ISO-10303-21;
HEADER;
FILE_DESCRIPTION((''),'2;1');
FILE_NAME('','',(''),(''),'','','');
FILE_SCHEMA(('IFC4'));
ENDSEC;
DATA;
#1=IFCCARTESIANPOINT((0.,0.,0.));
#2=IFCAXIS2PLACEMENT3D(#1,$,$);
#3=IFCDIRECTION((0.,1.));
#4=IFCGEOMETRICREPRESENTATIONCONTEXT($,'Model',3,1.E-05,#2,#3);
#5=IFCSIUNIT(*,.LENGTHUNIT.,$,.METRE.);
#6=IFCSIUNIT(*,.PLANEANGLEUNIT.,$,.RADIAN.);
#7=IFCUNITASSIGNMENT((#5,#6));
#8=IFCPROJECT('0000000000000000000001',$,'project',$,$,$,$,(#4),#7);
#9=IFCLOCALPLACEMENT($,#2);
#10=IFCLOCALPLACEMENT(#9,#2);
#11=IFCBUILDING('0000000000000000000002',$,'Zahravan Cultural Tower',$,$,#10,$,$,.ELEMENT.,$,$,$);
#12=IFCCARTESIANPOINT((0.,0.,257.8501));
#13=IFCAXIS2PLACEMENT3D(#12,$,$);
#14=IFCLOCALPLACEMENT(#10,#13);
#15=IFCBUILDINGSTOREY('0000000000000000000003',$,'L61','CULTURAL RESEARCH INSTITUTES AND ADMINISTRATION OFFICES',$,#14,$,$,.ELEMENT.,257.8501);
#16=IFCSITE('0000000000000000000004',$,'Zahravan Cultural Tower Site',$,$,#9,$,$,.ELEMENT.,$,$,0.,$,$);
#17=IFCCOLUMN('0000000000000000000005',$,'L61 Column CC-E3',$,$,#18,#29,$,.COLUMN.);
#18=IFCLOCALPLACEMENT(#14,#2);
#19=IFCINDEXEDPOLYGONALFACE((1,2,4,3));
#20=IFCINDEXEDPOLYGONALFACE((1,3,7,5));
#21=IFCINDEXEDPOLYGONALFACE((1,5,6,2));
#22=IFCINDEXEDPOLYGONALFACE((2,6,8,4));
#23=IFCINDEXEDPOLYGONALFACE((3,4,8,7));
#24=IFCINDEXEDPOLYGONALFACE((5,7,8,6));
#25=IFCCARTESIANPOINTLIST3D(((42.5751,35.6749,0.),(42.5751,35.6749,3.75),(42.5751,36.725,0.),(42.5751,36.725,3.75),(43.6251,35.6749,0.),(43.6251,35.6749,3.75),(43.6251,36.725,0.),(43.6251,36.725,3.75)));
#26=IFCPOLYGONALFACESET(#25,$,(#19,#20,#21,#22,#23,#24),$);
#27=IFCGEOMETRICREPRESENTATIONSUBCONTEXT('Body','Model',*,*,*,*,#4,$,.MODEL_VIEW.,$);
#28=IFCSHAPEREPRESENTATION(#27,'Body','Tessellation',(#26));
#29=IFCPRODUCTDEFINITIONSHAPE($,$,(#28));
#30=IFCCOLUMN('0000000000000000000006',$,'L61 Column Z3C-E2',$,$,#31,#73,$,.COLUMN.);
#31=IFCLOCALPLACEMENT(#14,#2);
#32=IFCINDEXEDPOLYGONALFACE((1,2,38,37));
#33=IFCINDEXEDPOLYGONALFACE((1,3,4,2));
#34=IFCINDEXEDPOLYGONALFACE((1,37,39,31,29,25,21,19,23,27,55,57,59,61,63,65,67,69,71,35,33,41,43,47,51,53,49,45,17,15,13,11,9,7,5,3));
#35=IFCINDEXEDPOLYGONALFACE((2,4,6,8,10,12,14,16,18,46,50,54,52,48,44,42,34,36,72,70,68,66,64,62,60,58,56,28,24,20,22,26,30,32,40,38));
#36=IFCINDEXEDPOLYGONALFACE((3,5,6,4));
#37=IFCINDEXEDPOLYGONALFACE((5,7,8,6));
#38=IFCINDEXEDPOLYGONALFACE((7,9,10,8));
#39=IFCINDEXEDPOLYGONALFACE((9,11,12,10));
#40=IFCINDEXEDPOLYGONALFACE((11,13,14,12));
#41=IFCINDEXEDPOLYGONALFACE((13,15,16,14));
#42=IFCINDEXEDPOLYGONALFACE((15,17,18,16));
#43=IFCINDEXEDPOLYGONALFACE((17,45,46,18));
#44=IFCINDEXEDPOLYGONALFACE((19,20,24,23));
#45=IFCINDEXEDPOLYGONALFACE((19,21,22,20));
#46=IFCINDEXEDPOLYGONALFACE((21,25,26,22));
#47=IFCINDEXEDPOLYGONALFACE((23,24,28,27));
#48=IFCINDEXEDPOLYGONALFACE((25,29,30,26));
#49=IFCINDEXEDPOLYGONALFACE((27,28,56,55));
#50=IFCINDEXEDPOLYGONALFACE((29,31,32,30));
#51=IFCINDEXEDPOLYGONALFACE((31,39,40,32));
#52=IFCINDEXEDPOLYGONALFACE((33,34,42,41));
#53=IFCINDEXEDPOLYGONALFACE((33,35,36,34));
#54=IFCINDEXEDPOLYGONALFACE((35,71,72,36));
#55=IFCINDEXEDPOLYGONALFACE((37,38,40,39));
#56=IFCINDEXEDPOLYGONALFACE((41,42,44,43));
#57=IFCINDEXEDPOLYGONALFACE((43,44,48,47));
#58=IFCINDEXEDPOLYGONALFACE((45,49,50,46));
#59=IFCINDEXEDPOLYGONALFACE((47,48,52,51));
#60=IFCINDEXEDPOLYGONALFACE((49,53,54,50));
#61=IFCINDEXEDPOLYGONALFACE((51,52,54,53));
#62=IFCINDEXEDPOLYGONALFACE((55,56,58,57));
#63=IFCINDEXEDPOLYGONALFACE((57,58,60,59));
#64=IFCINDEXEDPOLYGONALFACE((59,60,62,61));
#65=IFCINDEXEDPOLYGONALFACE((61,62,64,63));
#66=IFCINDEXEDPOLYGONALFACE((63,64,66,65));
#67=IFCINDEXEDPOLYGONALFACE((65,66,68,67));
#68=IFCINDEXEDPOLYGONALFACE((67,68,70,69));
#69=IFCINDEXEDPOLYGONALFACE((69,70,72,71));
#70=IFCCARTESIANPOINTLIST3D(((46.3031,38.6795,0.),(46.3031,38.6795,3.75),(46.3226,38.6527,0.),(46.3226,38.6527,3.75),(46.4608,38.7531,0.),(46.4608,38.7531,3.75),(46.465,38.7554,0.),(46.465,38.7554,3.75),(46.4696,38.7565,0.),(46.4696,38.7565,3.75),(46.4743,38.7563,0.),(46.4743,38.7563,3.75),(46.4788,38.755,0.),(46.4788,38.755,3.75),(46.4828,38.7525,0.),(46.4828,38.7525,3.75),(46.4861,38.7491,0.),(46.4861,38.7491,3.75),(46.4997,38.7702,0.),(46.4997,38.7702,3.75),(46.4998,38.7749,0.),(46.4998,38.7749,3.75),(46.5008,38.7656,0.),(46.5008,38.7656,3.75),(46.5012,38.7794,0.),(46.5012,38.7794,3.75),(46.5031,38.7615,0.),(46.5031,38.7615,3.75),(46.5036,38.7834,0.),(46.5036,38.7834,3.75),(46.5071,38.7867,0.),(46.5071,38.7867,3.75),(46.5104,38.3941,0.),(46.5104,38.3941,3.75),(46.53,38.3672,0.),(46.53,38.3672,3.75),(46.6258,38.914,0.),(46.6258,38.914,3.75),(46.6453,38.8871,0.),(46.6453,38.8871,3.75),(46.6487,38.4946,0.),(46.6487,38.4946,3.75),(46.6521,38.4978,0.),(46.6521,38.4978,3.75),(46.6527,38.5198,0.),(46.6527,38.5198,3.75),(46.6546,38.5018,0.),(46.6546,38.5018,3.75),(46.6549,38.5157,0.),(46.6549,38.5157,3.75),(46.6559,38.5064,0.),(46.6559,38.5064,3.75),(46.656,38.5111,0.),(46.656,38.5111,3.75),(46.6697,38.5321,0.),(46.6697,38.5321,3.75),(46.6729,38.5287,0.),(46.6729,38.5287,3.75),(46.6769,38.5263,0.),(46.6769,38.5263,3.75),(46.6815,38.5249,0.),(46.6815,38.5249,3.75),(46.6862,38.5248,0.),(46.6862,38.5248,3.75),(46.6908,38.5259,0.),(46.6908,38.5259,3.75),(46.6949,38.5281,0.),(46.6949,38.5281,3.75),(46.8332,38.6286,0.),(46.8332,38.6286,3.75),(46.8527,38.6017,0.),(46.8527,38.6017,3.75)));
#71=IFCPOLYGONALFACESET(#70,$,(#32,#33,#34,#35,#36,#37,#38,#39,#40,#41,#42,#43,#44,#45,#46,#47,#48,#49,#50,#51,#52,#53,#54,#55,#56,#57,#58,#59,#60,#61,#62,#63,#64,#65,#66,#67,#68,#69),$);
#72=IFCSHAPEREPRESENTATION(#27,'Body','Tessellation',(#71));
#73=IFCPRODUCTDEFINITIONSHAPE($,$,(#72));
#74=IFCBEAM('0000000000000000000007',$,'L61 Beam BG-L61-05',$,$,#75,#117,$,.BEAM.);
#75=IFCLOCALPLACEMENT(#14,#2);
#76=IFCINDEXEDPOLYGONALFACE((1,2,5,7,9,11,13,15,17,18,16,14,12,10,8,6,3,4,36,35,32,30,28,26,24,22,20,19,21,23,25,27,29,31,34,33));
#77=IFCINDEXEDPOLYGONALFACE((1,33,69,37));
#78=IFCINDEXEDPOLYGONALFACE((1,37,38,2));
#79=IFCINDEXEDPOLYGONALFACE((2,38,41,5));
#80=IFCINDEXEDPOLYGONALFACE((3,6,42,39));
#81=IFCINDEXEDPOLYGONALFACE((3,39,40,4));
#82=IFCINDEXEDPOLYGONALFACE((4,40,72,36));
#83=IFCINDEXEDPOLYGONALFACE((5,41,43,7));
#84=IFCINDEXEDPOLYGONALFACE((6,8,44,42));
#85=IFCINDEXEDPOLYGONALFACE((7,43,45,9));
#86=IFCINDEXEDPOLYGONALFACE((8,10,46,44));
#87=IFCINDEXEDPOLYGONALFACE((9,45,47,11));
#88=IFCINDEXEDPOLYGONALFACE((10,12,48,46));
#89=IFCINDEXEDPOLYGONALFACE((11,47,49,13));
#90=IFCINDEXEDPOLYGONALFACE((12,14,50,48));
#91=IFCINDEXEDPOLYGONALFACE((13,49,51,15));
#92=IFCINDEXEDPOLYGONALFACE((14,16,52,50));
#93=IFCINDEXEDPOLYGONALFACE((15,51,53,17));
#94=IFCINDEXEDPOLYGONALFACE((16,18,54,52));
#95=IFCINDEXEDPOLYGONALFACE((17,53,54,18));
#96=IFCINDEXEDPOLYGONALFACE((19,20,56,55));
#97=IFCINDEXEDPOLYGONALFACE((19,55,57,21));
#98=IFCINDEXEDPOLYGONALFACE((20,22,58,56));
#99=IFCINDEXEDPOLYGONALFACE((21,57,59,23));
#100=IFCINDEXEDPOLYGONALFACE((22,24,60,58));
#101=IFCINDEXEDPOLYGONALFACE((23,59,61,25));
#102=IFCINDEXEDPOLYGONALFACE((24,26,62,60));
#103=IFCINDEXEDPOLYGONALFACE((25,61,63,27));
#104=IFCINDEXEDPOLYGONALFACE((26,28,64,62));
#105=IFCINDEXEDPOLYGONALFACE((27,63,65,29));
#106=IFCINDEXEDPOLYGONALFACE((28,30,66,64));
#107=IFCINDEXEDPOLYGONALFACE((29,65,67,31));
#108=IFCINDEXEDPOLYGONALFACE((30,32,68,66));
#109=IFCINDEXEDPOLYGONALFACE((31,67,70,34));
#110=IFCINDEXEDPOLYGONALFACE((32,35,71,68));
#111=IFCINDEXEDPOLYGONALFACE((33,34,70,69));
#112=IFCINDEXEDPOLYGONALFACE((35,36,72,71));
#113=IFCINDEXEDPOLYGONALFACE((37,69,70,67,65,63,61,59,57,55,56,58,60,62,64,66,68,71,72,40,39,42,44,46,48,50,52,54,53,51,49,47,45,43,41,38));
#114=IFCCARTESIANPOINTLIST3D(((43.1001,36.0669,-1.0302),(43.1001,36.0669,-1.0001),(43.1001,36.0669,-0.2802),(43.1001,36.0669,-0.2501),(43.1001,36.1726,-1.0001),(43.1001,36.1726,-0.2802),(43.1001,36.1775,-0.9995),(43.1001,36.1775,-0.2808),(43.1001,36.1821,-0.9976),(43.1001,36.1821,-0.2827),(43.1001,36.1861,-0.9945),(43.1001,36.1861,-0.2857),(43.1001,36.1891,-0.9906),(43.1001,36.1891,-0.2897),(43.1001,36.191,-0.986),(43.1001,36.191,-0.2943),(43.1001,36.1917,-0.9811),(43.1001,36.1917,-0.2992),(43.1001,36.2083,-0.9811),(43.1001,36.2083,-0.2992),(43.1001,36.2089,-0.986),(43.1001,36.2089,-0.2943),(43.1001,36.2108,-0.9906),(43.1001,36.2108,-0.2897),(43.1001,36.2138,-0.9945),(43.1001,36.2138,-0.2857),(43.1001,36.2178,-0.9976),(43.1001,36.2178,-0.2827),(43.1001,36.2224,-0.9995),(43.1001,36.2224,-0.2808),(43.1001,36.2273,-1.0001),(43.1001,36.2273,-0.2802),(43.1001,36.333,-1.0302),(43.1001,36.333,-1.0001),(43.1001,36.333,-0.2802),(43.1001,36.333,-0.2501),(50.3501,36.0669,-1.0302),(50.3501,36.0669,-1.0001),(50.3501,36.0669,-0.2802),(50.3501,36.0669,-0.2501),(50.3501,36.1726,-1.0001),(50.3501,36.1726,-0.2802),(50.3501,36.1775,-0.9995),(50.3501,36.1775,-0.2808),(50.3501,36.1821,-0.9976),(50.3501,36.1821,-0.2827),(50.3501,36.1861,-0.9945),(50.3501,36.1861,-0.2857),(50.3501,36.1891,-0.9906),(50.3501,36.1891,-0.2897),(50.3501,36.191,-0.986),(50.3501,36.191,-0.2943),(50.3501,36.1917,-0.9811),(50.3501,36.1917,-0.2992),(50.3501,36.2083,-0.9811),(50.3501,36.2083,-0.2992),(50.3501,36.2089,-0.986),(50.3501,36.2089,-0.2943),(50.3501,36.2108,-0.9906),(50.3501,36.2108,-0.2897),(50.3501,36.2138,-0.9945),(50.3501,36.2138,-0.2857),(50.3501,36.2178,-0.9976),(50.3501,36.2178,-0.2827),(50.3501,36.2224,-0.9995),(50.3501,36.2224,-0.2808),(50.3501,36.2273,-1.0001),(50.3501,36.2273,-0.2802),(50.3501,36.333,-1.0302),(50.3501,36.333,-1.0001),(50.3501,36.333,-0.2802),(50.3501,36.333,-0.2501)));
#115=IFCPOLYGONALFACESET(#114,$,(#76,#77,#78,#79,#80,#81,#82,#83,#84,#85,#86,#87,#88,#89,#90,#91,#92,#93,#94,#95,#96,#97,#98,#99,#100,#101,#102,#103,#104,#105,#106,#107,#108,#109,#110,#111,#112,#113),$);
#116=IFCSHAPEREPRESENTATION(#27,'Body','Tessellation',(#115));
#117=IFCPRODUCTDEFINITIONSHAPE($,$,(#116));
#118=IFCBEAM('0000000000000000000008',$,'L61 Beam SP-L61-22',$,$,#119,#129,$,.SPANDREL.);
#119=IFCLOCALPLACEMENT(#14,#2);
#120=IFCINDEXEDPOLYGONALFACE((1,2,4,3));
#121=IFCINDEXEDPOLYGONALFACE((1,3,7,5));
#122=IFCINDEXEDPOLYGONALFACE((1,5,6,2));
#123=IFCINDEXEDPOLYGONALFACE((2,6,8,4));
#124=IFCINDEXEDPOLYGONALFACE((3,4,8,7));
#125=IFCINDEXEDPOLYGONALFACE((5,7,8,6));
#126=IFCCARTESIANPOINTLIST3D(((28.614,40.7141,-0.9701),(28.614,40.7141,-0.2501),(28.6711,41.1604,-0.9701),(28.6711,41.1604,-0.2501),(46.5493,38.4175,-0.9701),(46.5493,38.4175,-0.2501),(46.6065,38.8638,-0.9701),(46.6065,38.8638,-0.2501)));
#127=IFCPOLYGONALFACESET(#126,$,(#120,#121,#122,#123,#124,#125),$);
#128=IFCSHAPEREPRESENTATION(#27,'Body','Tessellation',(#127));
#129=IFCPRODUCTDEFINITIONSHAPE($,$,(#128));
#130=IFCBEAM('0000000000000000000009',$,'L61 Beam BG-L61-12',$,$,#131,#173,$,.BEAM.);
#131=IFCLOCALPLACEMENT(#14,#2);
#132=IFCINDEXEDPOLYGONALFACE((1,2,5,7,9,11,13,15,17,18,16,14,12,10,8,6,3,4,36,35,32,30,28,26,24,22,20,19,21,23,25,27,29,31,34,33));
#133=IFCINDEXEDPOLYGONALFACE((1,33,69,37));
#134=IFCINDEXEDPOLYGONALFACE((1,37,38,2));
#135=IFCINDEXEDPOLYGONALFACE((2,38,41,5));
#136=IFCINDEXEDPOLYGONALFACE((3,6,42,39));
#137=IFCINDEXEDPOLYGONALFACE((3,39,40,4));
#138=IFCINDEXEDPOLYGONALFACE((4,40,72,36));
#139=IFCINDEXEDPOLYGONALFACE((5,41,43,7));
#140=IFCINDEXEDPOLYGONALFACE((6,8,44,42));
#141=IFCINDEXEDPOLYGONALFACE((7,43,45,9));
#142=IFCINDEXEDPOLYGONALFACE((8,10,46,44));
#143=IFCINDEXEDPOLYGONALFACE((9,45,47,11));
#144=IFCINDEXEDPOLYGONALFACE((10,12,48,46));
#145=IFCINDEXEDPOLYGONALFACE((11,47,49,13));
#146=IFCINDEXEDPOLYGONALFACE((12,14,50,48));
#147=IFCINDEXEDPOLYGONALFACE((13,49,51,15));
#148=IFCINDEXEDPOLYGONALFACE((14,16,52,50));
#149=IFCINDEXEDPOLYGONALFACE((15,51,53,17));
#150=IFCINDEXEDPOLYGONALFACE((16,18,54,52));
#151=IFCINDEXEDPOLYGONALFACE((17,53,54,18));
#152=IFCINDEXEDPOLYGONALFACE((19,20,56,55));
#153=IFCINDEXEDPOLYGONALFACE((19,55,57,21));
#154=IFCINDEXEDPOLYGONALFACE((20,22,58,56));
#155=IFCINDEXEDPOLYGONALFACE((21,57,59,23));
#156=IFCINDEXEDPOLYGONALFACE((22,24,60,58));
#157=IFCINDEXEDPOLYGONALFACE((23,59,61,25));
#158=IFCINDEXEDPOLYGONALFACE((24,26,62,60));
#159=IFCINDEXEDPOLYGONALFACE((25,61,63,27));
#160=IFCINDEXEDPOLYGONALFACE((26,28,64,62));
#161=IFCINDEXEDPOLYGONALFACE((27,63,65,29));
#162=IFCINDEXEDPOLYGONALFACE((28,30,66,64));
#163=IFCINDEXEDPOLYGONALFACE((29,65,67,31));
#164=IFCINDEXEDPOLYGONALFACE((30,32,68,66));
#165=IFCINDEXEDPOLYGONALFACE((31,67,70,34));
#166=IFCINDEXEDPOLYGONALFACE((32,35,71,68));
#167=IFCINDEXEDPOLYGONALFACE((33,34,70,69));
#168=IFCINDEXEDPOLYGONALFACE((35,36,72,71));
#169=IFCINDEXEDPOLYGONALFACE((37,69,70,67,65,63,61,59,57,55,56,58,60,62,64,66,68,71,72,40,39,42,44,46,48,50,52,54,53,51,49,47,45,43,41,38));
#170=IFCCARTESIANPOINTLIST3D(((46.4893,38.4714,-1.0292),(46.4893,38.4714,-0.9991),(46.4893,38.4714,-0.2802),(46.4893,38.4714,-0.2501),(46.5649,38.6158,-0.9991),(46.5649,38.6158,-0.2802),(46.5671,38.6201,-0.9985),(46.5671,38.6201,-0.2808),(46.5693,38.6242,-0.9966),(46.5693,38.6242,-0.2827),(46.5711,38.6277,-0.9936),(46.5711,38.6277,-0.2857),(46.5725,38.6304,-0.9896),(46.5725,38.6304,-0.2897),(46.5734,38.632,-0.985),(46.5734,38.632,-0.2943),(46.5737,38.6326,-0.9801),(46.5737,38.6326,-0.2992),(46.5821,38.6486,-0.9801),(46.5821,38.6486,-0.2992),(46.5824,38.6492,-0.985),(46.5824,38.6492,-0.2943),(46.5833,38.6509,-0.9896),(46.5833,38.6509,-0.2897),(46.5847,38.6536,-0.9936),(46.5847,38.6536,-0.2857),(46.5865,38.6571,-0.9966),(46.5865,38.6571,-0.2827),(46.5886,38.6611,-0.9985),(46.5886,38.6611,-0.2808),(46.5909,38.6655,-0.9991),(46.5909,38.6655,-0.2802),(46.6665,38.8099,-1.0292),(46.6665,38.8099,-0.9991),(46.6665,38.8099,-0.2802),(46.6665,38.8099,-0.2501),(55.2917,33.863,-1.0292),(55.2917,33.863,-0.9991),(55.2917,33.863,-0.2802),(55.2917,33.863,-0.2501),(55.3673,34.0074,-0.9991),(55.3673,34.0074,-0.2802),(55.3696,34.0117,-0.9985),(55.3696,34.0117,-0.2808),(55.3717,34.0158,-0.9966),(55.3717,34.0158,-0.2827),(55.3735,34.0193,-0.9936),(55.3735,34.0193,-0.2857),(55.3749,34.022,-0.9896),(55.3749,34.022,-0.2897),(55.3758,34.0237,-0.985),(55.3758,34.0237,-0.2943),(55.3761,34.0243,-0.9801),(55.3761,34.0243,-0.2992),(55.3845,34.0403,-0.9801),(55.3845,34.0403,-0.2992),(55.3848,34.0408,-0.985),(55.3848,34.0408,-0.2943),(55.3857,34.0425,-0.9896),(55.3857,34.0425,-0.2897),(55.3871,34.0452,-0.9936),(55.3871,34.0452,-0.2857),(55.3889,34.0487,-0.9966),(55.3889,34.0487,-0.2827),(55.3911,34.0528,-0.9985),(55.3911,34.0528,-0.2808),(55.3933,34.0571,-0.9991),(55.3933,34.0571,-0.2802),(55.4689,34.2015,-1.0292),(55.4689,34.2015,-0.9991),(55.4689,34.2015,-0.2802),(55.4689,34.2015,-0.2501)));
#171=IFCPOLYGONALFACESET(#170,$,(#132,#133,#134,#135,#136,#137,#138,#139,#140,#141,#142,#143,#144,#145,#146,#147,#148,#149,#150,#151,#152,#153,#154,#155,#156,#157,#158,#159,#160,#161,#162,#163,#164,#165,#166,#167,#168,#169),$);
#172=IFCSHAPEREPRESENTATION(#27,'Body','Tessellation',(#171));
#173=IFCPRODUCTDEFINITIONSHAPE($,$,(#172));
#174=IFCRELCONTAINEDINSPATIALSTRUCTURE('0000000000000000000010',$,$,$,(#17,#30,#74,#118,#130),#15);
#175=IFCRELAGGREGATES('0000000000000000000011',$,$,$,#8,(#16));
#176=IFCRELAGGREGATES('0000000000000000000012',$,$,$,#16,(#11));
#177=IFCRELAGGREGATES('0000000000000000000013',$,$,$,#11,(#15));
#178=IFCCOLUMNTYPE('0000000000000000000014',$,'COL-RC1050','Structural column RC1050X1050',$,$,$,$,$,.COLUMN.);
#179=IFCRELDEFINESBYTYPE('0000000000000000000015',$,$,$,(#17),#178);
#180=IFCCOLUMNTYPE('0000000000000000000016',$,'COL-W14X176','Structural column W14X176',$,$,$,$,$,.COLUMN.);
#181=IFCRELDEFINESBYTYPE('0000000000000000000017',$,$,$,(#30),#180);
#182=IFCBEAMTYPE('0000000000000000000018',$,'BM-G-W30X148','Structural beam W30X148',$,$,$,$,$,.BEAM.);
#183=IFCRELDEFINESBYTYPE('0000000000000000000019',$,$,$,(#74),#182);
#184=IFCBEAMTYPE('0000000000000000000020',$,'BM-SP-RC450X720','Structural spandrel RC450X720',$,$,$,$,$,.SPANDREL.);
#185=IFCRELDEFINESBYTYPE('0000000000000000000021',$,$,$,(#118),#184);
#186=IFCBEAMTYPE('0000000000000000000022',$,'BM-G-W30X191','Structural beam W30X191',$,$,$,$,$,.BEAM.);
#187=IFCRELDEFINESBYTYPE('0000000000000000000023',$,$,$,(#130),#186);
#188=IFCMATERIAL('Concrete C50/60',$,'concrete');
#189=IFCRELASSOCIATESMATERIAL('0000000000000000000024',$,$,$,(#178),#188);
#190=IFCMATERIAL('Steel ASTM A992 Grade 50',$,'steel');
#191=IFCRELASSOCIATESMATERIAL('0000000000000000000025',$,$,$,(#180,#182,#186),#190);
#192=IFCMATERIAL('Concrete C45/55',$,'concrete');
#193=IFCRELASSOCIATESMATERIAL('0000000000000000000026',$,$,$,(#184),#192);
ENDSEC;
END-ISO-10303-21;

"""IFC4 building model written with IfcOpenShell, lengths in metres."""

from ifc_helpers import new_model, si_unit, direction, frame, origin, origin_2d, place, context, subcontext, project, spatial, rectangle, i_section, extrude, source, transform, mapped, material, material_profile, profile_set, type_object, element, save


model = new_model("IFC4")

# Units and contexts
model_context = context("Model", 3, precision=1e-05, world=origin(), true_north=direction((0.0, 1.0)))
body_context = subcontext(model_context, "Body", "Model", "MODEL_VIEW")
ifc_project = project(units=[si_unit("LENGTHUNIT", "METRE"), si_unit("PLANEANGLEUNIT", "RADIAN")], contexts=[model_context])

# Site, building, storey
site_placement = place(None, origin())
site = spatial("IfcSite", under=ifc_project, at=site_placement, Name="Zahravan Cultural Tower Site", CompositionType="ELEMENT", RefElevation=0.0)
building_placement = place(site_placement, origin())
building = spatial("IfcBuilding", under=site, at=building_placement, Name="Zahravan Cultural Tower", CompositionType="ELEMENT")
storey_placement = place(building_placement, frame((0.0, 0.0, 257.8501)))
storey = spatial("IfcBuildingStorey", under=building, at=storey_placement, Name="L61", Description="CULTURAL RESEARCH INSTITUTES AND ADMINISTRATION OFFICES", CompositionType="ELEMENT", Elevation=257.8501)

# Columns
ifc_material_1 = material(Name="Concrete C50/60", Category="concrete")
ifc_material_profile_1 = material_profile(ifc_material_1, rectangle(XDim=1.05, YDim=1.05, at=origin_2d()), Name="RC1050X1050")
ifc_profile_set_1 = profile_set([ifc_material_profile_1], Name="Concrete C50/60")
column_type_1 = type_object("IfcColumnType", Name="COL-RC1050", Description="Structural column RC1050X1050", PredefinedType="COLUMN", material=ifc_profile_set_1)
shared_shape_1 = source(origin(), body_context, "Body", "SweptSolid", [
    extrude(rectangle(XDim=1.05, YDim=1.05, at=origin_2d()), origin(), (0.0, 0.0, 1.0), 3.75),
])
column_1_placement = place(storey_placement, frame((43.1001, 36.2, 0.0), z_axis=(0.0, 0.0, 1.0), x_axis=(1.0, 0.0, 0.0)))
element("IfcColumn", 1, at=column_1_placement, inside=storey, type_object=column_type_1, Name="L61 Column CC-E3", PredefinedType="COLUMN", context=body_context, shape_type="MappedRepresentation", body=[
    mapped(shared_shape_1, transform((0.0, 0.0, 0.0), x_axis=(1.0, 0.0, 0.0), y_axis=(0.0, 1.0, 0.0), z_axis=(0.0, 0.0, 1.0), scale=1.0)),
])
ifc_material_2 = material(Name="Steel ASTM A992 Grade 50", Category="steel")
ifc_material_profile_2 = material_profile(ifc_material_2, i_section(OverallWidth=0.3989, OverallDepth=0.386, WebThickness=0.021, FlangeThickness=0.0332, FilletRadius=0.0181, at=origin_2d()), Name="W14X176")
ifc_profile_set_2 = profile_set([ifc_material_profile_2], Name="Steel ASTM A992 Grade 50")
column_type_2 = type_object("IfcColumnType", Name="COL-W14X176", Description="Structural column W14X176", PredefinedType="COLUMN", material=ifc_profile_set_2)
shared_shape_2 = source(origin(), body_context, "Body", "SweptSolid", [
    extrude(i_section(OverallWidth=0.3989, OverallDepth=0.386, WebThickness=0.021, FlangeThickness=0.0332, FilletRadius=0.0181, at=origin_2d()), origin(), (0.0, 0.0, 1.0), 3.75),
])
column_2_placement = place(storey_placement, frame((46.5779, 38.6406, 0.0), z_axis=(0.0, 0.0, 1.0), x_axis=(0.809017, 0.587785, 0.0)))
element("IfcColumn", 2, at=column_2_placement, inside=storey, type_object=column_type_2, Name="L61 Column Z3C-E2", PredefinedType="COLUMN", context=body_context, shape_type="MappedRepresentation", body=[
    mapped(shared_shape_2, transform((0.0, 0.0, 0.0), x_axis=(1.0, 0.0, 0.0), y_axis=(0.0, 1.0, 0.0), z_axis=(0.0, 0.0, 1.0), scale=1.0)),
])

# Beams
ifc_material_profile_3 = material_profile(ifc_material_2, i_section(OverallWidth=0.2661, OverallDepth=0.78, WebThickness=0.0166, FlangeThickness=0.03, FilletRadius=0.019, at=origin_2d()), Name="W30X148")
ifc_profile_set_3 = profile_set([ifc_material_profile_3], Name="Steel ASTM A992 Grade 50")
beam_type_1 = type_object("IfcBeamType", Name="BM-G-W30X148", Description="Structural beam W30X148", PredefinedType="BEAM", material=ifc_profile_set_3)
shared_shape_3 = source(origin(), body_context, "Body", "SweptSolid", [
    extrude(i_section(OverallWidth=0.2661, OverallDepth=0.78, WebThickness=0.0166, FlangeThickness=0.03, FilletRadius=0.019, at=origin_2d()), origin(), (0.0, 0.0, 1.0), 7.25),
])
beam_1_placement = place(storey_placement, frame((43.1001, 36.2, -0.6401), z_axis=(1.0, 0.0, 0.0), x_axis=(0.0, 1.0, 0.0)))
element("IfcBeam", 3, at=beam_1_placement, inside=storey, type_object=beam_type_1, Name="L61 Beam BG-L61-05", PredefinedType="BEAM", context=body_context, shape_type="MappedRepresentation", body=[
    mapped(shared_shape_3, transform((0.0, 0.0, 0.0), x_axis=(1.0, 0.0, 0.0), y_axis=(0.0, 1.0, 0.0), z_axis=(0.0, 0.0, 1.0), scale=1.0)),
])
ifc_material_3 = material(Name="Concrete C45/55", Category="concrete")
ifc_material_profile_4 = material_profile(ifc_material_3, rectangle(XDim=0.45, YDim=0.72, at=origin_2d()), Name="RC450X720")
ifc_profile_set_4 = profile_set([ifc_material_profile_4], Name="Concrete C45/55")
beam_type_2 = type_object("IfcBeamType", Name="BM-SP-RC450X720", Description="Structural spandrel RC450X720", PredefinedType="SPANDREL", material=ifc_profile_set_4)
shared_shape_4 = source(origin(), body_context, "Body", "SweptSolid", [
    extrude(rectangle(XDim=0.45, YDim=0.72, at=origin_2d()), origin(), (0.0, 0.0, 1.0), 18.0818),
])
beam_2_placement = place(storey_placement, frame((46.5779, 38.6406, -0.6101), z_axis=(-0.991901, 0.127014, 0.0), x_axis=(-0.127014, -0.991901, 0.0)))
element("IfcBeam", 4, at=beam_2_placement, inside=storey, type_object=beam_type_2, Name="L61 Beam SP-L61-22", PredefinedType="SPANDREL", context=body_context, shape_type="MappedRepresentation", body=[
    mapped(shared_shape_4, transform((0.0, 0.0, 0.0), x_axis=(1.0, 0.0, 0.0), y_axis=(0.0, 1.0, 0.0), z_axis=(0.0, 0.0, 1.0), scale=1.0)),
])
ifc_material_profile_5 = material_profile(ifc_material_2, i_section(OverallWidth=0.3821, OverallDepth=0.7791, WebThickness=0.0181, FlangeThickness=0.03, FilletRadius=0.019, at=origin_2d()), Name="W30X191")
ifc_profile_set_5 = profile_set([ifc_material_profile_5], Name="Steel ASTM A992 Grade 50")
beam_type_3 = type_object("IfcBeamType", Name="BM-G-W30X191", Description="Structural beam W30X191", PredefinedType="BEAM", material=ifc_profile_set_5)
shared_shape_5 = source(origin(), body_context, "Body", "SweptSolid", [
    extrude(i_section(OverallWidth=0.3821, OverallDepth=0.7791, WebThickness=0.0181, FlangeThickness=0.03, FilletRadius=0.019, at=origin_2d()), origin(), (0.0, 0.0, 1.0), 9.9358),
])
beam_3_placement = place(storey_placement, frame((46.5779, 38.6406, -0.6396), z_axis=(0.885932, -0.463815, 0.0), x_axis=(0.463815, 0.885932, 0.0)))
element("IfcBeam", 5, at=beam_3_placement, inside=storey, type_object=beam_type_3, Name="L61 Beam BG-L61-12", PredefinedType="BEAM", context=body_context, shape_type="MappedRepresentation", body=[
    mapped(shared_shape_5, transform((0.0, 0.0, 0.0), x_axis=(1.0, 0.0, 0.0), y_axis=(0.0, 1.0, 0.0), z_axis=(0.0, 0.0, 1.0), scale=1.0)),
])

save(model, "model.ifc")
